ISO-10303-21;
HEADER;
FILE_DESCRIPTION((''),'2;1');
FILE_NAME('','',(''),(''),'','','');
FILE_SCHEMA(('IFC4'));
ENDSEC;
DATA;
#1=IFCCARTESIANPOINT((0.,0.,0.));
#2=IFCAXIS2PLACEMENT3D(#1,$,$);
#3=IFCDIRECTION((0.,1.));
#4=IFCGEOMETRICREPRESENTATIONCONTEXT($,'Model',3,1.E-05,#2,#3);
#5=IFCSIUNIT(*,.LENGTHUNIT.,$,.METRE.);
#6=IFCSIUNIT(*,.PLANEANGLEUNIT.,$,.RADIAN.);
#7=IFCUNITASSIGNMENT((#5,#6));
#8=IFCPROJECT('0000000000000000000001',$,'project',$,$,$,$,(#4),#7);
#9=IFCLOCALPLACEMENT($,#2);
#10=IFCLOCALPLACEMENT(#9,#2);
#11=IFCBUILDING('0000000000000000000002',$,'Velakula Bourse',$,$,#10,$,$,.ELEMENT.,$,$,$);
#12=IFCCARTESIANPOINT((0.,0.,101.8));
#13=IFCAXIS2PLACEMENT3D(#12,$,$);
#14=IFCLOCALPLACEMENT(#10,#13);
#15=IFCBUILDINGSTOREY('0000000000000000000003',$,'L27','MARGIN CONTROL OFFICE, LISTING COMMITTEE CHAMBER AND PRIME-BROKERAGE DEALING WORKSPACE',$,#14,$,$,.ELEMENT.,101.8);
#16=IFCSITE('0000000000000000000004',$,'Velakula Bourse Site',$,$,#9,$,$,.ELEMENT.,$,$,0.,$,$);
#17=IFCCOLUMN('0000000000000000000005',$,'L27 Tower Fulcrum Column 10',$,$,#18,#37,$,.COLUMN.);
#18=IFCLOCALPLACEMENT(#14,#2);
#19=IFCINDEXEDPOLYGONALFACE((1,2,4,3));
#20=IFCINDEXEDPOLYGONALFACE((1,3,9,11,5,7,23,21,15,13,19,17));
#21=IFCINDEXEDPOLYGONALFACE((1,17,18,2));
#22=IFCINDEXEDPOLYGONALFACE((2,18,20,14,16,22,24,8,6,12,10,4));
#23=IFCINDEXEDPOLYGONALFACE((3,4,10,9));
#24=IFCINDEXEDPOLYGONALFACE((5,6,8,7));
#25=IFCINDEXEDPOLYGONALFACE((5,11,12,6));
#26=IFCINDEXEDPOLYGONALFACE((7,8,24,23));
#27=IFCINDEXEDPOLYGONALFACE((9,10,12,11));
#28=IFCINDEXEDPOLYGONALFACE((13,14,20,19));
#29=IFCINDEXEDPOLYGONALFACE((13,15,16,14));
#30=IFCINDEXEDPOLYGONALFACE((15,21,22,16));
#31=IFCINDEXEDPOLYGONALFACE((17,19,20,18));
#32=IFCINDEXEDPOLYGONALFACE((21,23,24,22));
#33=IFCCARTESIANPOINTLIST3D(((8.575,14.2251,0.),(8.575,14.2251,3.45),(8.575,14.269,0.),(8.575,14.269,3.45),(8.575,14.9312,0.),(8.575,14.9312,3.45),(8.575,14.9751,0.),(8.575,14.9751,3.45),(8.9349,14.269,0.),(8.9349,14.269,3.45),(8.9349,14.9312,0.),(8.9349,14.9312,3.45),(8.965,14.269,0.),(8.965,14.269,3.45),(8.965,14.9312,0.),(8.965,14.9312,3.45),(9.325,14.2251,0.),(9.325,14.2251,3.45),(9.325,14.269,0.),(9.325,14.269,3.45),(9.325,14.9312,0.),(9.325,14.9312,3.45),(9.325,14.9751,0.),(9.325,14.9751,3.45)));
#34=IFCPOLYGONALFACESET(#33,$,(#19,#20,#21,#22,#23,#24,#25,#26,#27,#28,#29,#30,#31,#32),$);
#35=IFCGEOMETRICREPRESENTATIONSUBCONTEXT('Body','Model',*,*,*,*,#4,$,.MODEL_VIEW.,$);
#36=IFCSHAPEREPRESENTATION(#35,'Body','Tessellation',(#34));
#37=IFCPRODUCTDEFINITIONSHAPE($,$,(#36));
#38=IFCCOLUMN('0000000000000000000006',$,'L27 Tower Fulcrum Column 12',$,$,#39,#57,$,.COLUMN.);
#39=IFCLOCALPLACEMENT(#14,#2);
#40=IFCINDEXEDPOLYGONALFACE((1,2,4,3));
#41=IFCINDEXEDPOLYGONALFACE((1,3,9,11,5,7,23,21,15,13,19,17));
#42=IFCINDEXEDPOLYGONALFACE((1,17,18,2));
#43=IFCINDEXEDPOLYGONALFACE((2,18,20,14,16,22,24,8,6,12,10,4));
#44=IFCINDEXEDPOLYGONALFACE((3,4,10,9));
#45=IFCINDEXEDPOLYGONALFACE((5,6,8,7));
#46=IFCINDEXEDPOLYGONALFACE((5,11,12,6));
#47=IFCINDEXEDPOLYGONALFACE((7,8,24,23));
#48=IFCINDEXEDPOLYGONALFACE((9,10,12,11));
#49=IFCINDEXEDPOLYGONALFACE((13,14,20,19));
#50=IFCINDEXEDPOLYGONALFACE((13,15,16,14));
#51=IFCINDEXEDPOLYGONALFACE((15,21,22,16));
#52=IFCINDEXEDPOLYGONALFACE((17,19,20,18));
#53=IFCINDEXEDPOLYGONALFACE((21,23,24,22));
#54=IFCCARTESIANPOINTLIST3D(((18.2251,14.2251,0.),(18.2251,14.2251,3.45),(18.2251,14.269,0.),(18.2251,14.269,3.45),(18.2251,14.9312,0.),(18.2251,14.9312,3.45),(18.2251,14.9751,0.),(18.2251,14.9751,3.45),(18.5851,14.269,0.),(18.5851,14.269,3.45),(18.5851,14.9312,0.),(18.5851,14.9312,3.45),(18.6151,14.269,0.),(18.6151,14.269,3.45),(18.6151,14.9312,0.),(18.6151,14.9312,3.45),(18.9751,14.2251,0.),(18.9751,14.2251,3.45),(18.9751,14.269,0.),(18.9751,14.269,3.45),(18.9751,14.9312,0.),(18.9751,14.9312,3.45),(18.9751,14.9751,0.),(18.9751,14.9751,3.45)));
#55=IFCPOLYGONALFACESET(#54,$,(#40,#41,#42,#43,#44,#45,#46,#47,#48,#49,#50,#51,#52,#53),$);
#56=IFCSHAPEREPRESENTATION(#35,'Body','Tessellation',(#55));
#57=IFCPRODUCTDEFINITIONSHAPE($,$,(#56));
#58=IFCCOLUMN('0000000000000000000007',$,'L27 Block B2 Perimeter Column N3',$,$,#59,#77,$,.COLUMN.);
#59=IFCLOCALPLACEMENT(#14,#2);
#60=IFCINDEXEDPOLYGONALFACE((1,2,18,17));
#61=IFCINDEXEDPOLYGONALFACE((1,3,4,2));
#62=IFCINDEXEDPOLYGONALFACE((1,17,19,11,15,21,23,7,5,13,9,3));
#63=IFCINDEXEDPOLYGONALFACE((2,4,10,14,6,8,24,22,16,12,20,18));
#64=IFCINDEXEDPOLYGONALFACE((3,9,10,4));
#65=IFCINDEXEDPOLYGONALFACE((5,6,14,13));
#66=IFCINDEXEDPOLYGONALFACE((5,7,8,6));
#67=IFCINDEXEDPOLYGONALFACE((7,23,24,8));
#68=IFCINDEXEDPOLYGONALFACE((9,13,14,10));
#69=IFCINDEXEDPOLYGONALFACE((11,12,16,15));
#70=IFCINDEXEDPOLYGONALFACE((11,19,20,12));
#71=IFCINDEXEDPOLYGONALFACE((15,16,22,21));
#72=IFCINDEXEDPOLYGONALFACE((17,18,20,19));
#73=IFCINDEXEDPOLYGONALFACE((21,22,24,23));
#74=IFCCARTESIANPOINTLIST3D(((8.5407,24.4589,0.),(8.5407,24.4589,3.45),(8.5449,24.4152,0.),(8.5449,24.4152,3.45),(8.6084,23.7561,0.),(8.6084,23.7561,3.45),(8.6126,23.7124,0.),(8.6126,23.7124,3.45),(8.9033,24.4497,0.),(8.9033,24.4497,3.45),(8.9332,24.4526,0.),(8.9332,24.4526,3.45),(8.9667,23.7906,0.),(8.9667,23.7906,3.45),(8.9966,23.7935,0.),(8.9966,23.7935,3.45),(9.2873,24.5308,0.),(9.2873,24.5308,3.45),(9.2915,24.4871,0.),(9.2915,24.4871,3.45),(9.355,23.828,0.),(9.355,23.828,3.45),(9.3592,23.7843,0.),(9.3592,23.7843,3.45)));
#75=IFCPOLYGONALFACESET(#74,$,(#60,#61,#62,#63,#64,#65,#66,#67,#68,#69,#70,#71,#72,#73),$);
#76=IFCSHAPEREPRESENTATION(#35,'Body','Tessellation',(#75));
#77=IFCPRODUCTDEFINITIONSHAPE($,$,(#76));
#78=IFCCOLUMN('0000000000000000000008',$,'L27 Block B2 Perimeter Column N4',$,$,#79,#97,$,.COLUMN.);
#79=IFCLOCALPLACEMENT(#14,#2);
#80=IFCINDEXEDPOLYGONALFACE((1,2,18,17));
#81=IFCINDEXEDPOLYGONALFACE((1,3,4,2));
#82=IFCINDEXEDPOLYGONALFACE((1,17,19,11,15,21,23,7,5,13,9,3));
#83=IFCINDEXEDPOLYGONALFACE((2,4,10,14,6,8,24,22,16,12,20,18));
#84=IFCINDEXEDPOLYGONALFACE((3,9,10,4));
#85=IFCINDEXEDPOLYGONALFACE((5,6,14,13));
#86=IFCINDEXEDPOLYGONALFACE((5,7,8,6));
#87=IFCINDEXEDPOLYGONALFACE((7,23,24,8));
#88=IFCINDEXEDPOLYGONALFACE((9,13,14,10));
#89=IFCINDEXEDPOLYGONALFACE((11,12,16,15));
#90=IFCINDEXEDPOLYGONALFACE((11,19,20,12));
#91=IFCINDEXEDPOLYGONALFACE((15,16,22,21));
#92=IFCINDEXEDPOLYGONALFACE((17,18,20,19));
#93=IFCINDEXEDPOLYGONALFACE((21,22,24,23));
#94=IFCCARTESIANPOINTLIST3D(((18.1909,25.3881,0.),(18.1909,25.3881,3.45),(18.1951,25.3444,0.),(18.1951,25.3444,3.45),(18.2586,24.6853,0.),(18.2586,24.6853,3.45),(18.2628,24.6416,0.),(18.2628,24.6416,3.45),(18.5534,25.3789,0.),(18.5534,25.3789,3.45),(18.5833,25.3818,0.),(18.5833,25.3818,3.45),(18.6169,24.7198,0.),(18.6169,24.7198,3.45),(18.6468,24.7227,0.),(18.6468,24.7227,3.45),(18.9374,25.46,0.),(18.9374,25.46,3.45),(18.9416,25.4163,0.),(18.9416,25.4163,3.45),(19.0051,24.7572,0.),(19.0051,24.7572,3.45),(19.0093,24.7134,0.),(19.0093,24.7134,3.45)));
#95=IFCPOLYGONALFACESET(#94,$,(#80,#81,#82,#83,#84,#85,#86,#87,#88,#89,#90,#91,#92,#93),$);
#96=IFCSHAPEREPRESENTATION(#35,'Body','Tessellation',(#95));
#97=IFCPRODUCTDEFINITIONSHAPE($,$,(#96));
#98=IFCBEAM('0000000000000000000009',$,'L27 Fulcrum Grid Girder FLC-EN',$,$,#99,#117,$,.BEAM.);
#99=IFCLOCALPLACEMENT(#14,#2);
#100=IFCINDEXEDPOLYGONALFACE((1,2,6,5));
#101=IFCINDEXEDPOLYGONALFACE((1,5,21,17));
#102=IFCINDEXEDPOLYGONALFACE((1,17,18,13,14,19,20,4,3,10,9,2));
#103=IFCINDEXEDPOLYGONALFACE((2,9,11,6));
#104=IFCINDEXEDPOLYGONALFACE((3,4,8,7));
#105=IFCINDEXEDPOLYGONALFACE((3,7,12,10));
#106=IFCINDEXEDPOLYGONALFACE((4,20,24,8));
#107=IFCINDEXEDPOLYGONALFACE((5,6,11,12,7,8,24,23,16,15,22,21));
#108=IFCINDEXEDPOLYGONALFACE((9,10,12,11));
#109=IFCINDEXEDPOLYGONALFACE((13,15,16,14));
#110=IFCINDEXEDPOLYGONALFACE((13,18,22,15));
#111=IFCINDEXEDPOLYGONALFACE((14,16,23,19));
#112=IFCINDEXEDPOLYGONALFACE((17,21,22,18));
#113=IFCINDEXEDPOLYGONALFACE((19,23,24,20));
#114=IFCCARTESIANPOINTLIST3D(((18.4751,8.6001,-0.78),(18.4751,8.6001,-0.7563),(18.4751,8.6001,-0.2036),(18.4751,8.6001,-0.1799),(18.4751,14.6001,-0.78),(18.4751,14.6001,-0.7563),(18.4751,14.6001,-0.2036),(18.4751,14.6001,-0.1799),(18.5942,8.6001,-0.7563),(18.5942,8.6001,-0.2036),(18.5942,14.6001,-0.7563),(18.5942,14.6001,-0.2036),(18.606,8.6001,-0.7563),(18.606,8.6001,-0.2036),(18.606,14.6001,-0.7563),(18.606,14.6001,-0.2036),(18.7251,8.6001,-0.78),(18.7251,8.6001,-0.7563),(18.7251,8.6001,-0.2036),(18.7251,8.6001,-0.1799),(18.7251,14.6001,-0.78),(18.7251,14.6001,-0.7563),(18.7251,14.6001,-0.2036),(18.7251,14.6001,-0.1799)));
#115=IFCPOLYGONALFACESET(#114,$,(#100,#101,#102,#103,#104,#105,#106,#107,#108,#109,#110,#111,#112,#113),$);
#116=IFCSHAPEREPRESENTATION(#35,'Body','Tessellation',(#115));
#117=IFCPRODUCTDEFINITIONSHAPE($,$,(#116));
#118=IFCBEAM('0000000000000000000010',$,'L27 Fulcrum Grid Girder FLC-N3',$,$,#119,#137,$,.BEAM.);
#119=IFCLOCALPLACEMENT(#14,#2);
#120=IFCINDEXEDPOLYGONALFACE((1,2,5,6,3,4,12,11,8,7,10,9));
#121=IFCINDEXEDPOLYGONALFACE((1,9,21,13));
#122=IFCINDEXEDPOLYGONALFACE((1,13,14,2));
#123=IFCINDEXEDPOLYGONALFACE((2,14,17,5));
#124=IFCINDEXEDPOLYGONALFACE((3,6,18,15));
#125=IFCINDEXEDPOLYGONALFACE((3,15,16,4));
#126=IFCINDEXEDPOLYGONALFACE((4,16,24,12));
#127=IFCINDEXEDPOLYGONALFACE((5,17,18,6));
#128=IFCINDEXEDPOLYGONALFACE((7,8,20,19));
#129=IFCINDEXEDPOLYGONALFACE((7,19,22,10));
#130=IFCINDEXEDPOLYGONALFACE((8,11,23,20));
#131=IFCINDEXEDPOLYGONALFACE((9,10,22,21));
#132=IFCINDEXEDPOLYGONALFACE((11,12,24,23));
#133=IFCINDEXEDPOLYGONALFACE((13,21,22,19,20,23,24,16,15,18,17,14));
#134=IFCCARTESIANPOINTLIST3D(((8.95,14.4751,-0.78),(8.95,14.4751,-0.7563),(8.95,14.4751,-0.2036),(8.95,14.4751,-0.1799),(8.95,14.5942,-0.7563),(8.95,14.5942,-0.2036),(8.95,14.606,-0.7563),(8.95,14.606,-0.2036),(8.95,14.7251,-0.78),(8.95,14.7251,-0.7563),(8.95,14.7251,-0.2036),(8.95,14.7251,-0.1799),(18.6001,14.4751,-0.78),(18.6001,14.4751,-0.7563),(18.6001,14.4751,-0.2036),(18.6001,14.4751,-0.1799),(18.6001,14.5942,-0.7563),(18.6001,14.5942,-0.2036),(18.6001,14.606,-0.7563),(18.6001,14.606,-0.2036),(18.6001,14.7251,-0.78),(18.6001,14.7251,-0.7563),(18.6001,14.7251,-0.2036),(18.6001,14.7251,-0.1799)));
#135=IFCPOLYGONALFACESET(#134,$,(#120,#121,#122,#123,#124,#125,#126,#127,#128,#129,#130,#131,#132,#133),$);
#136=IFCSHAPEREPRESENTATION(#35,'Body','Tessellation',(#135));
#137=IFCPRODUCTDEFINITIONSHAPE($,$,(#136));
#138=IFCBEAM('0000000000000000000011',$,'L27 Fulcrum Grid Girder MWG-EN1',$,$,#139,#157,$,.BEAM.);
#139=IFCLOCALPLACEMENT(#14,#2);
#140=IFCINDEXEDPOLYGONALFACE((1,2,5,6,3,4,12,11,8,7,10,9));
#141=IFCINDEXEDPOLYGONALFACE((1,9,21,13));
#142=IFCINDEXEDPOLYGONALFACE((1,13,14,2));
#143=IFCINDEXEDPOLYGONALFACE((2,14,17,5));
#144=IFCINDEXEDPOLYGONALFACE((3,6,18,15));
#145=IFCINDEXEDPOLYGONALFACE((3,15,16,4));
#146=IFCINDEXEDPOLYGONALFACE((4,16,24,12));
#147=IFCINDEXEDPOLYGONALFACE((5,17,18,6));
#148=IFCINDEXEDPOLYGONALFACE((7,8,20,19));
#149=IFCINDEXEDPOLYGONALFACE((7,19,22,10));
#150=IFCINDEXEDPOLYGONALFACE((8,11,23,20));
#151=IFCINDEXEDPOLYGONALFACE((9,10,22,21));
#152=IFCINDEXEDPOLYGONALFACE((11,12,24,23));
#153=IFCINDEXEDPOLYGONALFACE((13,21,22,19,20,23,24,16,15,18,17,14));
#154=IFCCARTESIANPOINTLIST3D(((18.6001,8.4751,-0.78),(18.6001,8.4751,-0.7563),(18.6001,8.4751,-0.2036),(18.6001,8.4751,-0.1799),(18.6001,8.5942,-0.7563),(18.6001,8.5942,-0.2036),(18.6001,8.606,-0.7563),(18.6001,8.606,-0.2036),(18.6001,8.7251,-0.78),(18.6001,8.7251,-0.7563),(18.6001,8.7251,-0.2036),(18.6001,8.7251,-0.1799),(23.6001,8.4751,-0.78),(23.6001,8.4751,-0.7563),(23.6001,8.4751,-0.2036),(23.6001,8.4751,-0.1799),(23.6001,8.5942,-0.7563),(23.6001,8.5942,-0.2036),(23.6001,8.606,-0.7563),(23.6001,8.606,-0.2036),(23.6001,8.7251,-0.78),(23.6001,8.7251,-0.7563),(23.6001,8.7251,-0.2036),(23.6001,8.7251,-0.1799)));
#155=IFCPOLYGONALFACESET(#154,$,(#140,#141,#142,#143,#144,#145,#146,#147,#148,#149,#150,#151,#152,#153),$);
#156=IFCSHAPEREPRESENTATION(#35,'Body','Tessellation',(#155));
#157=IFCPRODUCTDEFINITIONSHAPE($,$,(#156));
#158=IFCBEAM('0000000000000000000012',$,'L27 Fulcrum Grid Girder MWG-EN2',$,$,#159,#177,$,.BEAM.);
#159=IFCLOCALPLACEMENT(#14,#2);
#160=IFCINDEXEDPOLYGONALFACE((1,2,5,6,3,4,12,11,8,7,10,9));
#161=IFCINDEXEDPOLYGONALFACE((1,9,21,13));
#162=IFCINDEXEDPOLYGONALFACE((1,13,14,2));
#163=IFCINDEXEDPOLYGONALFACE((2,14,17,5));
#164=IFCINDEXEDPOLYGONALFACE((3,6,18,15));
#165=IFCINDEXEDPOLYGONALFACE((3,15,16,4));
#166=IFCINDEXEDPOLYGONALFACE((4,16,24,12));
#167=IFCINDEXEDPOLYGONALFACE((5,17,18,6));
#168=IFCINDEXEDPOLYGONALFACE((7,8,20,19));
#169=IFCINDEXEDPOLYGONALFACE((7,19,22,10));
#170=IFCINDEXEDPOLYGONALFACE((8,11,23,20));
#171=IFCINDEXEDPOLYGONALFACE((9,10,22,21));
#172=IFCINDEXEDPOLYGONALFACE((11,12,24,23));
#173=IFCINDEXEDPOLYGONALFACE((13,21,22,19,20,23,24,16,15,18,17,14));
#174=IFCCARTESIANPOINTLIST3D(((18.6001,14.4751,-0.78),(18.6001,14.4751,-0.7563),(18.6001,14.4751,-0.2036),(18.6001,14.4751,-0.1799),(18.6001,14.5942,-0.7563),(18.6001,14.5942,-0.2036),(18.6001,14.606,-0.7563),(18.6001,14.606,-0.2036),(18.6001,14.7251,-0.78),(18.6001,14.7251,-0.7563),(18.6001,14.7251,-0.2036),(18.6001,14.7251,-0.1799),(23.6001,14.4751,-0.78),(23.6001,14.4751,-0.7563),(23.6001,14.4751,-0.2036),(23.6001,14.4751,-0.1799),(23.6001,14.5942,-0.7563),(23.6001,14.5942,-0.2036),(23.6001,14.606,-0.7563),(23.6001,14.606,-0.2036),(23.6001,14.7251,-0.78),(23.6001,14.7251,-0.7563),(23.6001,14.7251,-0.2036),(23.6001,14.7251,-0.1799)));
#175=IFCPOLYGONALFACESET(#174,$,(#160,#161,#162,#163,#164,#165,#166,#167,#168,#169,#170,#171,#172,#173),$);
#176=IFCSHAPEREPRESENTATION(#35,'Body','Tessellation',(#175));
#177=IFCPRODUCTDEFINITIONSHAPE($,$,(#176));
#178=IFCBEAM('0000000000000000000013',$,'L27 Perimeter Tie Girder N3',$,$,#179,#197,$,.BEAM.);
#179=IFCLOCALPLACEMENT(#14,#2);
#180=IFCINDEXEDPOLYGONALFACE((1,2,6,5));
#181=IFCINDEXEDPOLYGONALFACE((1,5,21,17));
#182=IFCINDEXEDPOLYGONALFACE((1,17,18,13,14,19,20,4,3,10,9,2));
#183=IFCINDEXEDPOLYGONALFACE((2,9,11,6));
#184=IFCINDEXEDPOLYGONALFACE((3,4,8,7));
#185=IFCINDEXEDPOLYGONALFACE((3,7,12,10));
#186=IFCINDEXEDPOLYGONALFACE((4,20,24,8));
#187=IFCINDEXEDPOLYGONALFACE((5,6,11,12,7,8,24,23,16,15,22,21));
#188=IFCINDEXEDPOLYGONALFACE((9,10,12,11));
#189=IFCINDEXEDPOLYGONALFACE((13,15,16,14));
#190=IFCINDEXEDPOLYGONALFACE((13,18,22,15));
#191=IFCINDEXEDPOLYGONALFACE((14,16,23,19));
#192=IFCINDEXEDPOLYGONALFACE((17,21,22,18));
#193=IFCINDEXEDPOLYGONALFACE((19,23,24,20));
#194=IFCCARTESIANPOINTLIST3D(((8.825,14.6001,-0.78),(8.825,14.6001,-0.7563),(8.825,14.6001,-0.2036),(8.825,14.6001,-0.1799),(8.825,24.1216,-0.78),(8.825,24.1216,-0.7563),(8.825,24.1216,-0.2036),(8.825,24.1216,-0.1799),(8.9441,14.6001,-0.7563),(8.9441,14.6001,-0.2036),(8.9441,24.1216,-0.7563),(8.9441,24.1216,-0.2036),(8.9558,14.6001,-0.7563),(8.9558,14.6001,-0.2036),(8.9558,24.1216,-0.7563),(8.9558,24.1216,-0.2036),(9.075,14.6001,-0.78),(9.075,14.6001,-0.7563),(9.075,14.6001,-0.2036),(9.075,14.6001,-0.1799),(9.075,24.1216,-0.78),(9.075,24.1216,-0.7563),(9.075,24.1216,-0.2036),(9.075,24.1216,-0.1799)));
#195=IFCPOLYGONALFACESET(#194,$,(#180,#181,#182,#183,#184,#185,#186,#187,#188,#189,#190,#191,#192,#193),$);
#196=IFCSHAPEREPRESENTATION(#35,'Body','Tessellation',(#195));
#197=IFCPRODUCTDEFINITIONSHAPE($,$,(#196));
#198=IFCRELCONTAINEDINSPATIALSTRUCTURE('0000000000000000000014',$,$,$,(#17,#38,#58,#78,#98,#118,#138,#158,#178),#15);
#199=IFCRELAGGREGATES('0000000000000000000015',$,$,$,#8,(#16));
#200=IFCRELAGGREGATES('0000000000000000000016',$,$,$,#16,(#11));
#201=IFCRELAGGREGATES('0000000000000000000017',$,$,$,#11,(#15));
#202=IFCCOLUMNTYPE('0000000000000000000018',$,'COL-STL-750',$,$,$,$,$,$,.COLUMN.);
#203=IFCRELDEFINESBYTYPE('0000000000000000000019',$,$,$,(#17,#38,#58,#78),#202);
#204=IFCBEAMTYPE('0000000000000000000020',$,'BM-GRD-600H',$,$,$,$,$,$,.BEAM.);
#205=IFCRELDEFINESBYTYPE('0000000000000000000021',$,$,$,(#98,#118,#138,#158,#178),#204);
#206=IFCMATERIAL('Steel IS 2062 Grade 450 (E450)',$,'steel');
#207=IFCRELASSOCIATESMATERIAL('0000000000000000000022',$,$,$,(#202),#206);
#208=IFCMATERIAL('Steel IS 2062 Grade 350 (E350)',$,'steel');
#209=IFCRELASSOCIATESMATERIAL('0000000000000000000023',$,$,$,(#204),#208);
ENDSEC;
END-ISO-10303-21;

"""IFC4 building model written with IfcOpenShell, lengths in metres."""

from ifc_helpers import new_model, si_unit, direction, frame, origin, origin_2d, place, context, subcontext, project, spatial, i_section, extrude, material, material_profile, profile_set, type_object, element, save


model = new_model("IFC4")

# Units and contexts
model_context = context("Model", 3, precision=1e-05, world=origin(), true_north=direction((0.0, 1.0)))
body_context = subcontext(model_context, "Body", "Model", "MODEL_VIEW")
ifc_project = project(units=[si_unit("LENGTHUNIT", "METRE"), si_unit("PLANEANGLEUNIT", "RADIAN")], contexts=[model_context])

# Site, building, storey
site_placement = place(None, origin())
site = spatial("IfcSite", under=ifc_project, at=site_placement, Name="Velakula Bourse Site", CompositionType="ELEMENT", RefElevation=0.0)
building_placement = place(site_placement, origin())
building = spatial("IfcBuilding", under=site, at=building_placement, Name="Velakula Bourse", CompositionType="ELEMENT")
storey_placement = place(building_placement, frame((0.0, 0.0, 101.8)))
storey = spatial("IfcBuildingStorey", under=building, at=storey_placement, Name="L27", Description="MARGIN CONTROL OFFICE, LISTING COMMITTEE CHAMBER AND PRIME-BROKERAGE DEALING WORKSPACE", CompositionType="ELEMENT", Elevation=101.8)

# Columns
ifc_material_1 = material(Name="Steel IS 2062 Grade 450 (E450)", Category="steel")
ifc_material_profile_1 = material_profile(ifc_material_1, i_section(OverallWidth=0.75, OverallDepth=0.75, WebThickness=0.03, FlangeThickness=0.0439, at=origin_2d()), Name="Steel IS 2062 Grade 450 (E450)")
ifc_profile_set_1 = profile_set([ifc_material_profile_1], Name="Steel IS 2062 Grade 450 (E450)")
column_type = type_object("IfcColumnType", Name="COL-STL-750", PredefinedType="COLUMN", material=ifc_profile_set_1)
for number, where, z_axis, x_axis, name in (
    (1, (8.95, 14.6001, 0.0), (0.0, 0.0, 1.0), (1.0, 0.0, 0.0), "L27 Tower Fulcrum Column 10"),
    (2, (18.6001, 14.6001, 0.0), (0.0, 0.0, 1.0), (1.0, 0.0, 0.0), "L27 Tower Fulcrum Column 12"),
    (3, (8.95, 24.1216, 0.0), (0.0, 0.0, 1.0), (0.995396, 0.095846, 0.0), "L27 Block B2 Perimeter Column N3"),
    (4, (18.6001, 25.0508, 0.0), (0.0, 0.0, 1.0), (0.995396, 0.095846, 0.0), "L27 Block B2 Perimeter Column N4"),
):
    element("IfcColumn", number, at=place(storey_placement, frame(where, z_axis=z_axis, x_axis=x_axis)), inside=storey, type_object=column_type, Name=name, PredefinedType="COLUMN", context=body_context, shape_type="SweptSolid", body=[
        extrude(i_section(OverallWidth=0.75, OverallDepth=0.75, WebThickness=0.03, FlangeThickness=0.0439, at=origin_2d()), origin(), (0.0, 0.0, 1.0), 3.45),
    ])

# Beams
ifc_material_2 = material(Name="Steel IS 2062 Grade 350 (E350)", Category="steel")
ifc_material_profile_2 = material_profile(ifc_material_2, i_section(OverallWidth=0.25, OverallDepth=0.6001, WebThickness=0.0117, FlangeThickness=0.0237, at=origin_2d()), Name="Steel IS 2062 Grade 350 (E350)")
ifc_profile_set_2 = profile_set([ifc_material_profile_2], Name="Steel IS 2062 Grade 350 (E350)")
beam_type_1 = type_object("IfcBeamType", Name="BM-GRD-600H", PredefinedType="BEAM", material=ifc_profile_set_2)
beam_1_placement = place(storey_placement, frame((18.6001, 8.6001, -0.48), z_axis=(0.0, 1.0, 0.0), x_axis=(-1.0, 0.0, 0.0)))
element("IfcBeam", 5, at=beam_1_placement, inside=storey, type_object=beam_type_1, Name="L27 Fulcrum Grid Girder FLC-EN", PredefinedType="BEAM", context=body_context, shape_type="SweptSolid", body=[
    extrude(i_section(OverallWidth=0.25, OverallDepth=0.6001, WebThickness=0.0117, FlangeThickness=0.0237, at=origin_2d()), origin(), (0.0, 0.0, 1.0), 6.0),
])
beam_2_placement = place(storey_placement, frame((8.95, 14.6001, -0.48), z_axis=(1.0, 0.0, 0.0), x_axis=(0.0, 1.0, 0.0)))
element("IfcBeam", 6, at=beam_2_placement, inside=storey, type_object=beam_type_1, Name="L27 Fulcrum Grid Girder FLC-N3", PredefinedType="BEAM", context=body_context, shape_type="SweptSolid", body=[
    extrude(i_section(OverallWidth=0.25, OverallDepth=0.6001, WebThickness=0.0117, FlangeThickness=0.0237, at=origin_2d()), origin(), (0.0, 0.0, 1.0), 9.6501),
])
for number, where, z_axis, x_axis, name in (
    (7, (18.6001, 8.6001, -0.48), (1.0, 0.0, 0.0), (0.0, 1.0, 0.0), "L27 Fulcrum Grid Girder MWG-EN1"),
    (8, (18.6001, 14.6001, -0.48), (1.0, 0.0, 0.0), (0.0, 1.0, 0.0), "L27 Fulcrum Grid Girder MWG-EN2"),
):
    element("IfcBeam", number, at=place(storey_placement, frame(where, z_axis=z_axis, x_axis=x_axis)), inside=storey, type_object=beam_type_1, Name=name, PredefinedType="BEAM", context=body_context, shape_type="SweptSolid", body=[
        extrude(i_section(OverallWidth=0.25, OverallDepth=0.6001, WebThickness=0.0117, FlangeThickness=0.0237, at=origin_2d()), origin(), (0.0, 0.0, 1.0), 5.0),
    ])
beam_3_placement = place(storey_placement, frame((8.95, 14.6001, -0.48), z_axis=(0.0, 1.0, 0.0), x_axis=(-1.0, 0.0, 0.0)))
element("IfcBeam", 9, at=beam_3_placement, inside=storey, type_object=beam_type_1, Name="L27 Perimeter Tie Girder N3", PredefinedType="BEAM", context=body_context, shape_type="SweptSolid", body=[
    extrude(i_section(OverallWidth=0.25, OverallDepth=0.6001, WebThickness=0.0117, FlangeThickness=0.0237, at=origin_2d()), origin(), (0.0, 0.0, 1.0), 9.5215),
])

save(model, "model.ifc")
